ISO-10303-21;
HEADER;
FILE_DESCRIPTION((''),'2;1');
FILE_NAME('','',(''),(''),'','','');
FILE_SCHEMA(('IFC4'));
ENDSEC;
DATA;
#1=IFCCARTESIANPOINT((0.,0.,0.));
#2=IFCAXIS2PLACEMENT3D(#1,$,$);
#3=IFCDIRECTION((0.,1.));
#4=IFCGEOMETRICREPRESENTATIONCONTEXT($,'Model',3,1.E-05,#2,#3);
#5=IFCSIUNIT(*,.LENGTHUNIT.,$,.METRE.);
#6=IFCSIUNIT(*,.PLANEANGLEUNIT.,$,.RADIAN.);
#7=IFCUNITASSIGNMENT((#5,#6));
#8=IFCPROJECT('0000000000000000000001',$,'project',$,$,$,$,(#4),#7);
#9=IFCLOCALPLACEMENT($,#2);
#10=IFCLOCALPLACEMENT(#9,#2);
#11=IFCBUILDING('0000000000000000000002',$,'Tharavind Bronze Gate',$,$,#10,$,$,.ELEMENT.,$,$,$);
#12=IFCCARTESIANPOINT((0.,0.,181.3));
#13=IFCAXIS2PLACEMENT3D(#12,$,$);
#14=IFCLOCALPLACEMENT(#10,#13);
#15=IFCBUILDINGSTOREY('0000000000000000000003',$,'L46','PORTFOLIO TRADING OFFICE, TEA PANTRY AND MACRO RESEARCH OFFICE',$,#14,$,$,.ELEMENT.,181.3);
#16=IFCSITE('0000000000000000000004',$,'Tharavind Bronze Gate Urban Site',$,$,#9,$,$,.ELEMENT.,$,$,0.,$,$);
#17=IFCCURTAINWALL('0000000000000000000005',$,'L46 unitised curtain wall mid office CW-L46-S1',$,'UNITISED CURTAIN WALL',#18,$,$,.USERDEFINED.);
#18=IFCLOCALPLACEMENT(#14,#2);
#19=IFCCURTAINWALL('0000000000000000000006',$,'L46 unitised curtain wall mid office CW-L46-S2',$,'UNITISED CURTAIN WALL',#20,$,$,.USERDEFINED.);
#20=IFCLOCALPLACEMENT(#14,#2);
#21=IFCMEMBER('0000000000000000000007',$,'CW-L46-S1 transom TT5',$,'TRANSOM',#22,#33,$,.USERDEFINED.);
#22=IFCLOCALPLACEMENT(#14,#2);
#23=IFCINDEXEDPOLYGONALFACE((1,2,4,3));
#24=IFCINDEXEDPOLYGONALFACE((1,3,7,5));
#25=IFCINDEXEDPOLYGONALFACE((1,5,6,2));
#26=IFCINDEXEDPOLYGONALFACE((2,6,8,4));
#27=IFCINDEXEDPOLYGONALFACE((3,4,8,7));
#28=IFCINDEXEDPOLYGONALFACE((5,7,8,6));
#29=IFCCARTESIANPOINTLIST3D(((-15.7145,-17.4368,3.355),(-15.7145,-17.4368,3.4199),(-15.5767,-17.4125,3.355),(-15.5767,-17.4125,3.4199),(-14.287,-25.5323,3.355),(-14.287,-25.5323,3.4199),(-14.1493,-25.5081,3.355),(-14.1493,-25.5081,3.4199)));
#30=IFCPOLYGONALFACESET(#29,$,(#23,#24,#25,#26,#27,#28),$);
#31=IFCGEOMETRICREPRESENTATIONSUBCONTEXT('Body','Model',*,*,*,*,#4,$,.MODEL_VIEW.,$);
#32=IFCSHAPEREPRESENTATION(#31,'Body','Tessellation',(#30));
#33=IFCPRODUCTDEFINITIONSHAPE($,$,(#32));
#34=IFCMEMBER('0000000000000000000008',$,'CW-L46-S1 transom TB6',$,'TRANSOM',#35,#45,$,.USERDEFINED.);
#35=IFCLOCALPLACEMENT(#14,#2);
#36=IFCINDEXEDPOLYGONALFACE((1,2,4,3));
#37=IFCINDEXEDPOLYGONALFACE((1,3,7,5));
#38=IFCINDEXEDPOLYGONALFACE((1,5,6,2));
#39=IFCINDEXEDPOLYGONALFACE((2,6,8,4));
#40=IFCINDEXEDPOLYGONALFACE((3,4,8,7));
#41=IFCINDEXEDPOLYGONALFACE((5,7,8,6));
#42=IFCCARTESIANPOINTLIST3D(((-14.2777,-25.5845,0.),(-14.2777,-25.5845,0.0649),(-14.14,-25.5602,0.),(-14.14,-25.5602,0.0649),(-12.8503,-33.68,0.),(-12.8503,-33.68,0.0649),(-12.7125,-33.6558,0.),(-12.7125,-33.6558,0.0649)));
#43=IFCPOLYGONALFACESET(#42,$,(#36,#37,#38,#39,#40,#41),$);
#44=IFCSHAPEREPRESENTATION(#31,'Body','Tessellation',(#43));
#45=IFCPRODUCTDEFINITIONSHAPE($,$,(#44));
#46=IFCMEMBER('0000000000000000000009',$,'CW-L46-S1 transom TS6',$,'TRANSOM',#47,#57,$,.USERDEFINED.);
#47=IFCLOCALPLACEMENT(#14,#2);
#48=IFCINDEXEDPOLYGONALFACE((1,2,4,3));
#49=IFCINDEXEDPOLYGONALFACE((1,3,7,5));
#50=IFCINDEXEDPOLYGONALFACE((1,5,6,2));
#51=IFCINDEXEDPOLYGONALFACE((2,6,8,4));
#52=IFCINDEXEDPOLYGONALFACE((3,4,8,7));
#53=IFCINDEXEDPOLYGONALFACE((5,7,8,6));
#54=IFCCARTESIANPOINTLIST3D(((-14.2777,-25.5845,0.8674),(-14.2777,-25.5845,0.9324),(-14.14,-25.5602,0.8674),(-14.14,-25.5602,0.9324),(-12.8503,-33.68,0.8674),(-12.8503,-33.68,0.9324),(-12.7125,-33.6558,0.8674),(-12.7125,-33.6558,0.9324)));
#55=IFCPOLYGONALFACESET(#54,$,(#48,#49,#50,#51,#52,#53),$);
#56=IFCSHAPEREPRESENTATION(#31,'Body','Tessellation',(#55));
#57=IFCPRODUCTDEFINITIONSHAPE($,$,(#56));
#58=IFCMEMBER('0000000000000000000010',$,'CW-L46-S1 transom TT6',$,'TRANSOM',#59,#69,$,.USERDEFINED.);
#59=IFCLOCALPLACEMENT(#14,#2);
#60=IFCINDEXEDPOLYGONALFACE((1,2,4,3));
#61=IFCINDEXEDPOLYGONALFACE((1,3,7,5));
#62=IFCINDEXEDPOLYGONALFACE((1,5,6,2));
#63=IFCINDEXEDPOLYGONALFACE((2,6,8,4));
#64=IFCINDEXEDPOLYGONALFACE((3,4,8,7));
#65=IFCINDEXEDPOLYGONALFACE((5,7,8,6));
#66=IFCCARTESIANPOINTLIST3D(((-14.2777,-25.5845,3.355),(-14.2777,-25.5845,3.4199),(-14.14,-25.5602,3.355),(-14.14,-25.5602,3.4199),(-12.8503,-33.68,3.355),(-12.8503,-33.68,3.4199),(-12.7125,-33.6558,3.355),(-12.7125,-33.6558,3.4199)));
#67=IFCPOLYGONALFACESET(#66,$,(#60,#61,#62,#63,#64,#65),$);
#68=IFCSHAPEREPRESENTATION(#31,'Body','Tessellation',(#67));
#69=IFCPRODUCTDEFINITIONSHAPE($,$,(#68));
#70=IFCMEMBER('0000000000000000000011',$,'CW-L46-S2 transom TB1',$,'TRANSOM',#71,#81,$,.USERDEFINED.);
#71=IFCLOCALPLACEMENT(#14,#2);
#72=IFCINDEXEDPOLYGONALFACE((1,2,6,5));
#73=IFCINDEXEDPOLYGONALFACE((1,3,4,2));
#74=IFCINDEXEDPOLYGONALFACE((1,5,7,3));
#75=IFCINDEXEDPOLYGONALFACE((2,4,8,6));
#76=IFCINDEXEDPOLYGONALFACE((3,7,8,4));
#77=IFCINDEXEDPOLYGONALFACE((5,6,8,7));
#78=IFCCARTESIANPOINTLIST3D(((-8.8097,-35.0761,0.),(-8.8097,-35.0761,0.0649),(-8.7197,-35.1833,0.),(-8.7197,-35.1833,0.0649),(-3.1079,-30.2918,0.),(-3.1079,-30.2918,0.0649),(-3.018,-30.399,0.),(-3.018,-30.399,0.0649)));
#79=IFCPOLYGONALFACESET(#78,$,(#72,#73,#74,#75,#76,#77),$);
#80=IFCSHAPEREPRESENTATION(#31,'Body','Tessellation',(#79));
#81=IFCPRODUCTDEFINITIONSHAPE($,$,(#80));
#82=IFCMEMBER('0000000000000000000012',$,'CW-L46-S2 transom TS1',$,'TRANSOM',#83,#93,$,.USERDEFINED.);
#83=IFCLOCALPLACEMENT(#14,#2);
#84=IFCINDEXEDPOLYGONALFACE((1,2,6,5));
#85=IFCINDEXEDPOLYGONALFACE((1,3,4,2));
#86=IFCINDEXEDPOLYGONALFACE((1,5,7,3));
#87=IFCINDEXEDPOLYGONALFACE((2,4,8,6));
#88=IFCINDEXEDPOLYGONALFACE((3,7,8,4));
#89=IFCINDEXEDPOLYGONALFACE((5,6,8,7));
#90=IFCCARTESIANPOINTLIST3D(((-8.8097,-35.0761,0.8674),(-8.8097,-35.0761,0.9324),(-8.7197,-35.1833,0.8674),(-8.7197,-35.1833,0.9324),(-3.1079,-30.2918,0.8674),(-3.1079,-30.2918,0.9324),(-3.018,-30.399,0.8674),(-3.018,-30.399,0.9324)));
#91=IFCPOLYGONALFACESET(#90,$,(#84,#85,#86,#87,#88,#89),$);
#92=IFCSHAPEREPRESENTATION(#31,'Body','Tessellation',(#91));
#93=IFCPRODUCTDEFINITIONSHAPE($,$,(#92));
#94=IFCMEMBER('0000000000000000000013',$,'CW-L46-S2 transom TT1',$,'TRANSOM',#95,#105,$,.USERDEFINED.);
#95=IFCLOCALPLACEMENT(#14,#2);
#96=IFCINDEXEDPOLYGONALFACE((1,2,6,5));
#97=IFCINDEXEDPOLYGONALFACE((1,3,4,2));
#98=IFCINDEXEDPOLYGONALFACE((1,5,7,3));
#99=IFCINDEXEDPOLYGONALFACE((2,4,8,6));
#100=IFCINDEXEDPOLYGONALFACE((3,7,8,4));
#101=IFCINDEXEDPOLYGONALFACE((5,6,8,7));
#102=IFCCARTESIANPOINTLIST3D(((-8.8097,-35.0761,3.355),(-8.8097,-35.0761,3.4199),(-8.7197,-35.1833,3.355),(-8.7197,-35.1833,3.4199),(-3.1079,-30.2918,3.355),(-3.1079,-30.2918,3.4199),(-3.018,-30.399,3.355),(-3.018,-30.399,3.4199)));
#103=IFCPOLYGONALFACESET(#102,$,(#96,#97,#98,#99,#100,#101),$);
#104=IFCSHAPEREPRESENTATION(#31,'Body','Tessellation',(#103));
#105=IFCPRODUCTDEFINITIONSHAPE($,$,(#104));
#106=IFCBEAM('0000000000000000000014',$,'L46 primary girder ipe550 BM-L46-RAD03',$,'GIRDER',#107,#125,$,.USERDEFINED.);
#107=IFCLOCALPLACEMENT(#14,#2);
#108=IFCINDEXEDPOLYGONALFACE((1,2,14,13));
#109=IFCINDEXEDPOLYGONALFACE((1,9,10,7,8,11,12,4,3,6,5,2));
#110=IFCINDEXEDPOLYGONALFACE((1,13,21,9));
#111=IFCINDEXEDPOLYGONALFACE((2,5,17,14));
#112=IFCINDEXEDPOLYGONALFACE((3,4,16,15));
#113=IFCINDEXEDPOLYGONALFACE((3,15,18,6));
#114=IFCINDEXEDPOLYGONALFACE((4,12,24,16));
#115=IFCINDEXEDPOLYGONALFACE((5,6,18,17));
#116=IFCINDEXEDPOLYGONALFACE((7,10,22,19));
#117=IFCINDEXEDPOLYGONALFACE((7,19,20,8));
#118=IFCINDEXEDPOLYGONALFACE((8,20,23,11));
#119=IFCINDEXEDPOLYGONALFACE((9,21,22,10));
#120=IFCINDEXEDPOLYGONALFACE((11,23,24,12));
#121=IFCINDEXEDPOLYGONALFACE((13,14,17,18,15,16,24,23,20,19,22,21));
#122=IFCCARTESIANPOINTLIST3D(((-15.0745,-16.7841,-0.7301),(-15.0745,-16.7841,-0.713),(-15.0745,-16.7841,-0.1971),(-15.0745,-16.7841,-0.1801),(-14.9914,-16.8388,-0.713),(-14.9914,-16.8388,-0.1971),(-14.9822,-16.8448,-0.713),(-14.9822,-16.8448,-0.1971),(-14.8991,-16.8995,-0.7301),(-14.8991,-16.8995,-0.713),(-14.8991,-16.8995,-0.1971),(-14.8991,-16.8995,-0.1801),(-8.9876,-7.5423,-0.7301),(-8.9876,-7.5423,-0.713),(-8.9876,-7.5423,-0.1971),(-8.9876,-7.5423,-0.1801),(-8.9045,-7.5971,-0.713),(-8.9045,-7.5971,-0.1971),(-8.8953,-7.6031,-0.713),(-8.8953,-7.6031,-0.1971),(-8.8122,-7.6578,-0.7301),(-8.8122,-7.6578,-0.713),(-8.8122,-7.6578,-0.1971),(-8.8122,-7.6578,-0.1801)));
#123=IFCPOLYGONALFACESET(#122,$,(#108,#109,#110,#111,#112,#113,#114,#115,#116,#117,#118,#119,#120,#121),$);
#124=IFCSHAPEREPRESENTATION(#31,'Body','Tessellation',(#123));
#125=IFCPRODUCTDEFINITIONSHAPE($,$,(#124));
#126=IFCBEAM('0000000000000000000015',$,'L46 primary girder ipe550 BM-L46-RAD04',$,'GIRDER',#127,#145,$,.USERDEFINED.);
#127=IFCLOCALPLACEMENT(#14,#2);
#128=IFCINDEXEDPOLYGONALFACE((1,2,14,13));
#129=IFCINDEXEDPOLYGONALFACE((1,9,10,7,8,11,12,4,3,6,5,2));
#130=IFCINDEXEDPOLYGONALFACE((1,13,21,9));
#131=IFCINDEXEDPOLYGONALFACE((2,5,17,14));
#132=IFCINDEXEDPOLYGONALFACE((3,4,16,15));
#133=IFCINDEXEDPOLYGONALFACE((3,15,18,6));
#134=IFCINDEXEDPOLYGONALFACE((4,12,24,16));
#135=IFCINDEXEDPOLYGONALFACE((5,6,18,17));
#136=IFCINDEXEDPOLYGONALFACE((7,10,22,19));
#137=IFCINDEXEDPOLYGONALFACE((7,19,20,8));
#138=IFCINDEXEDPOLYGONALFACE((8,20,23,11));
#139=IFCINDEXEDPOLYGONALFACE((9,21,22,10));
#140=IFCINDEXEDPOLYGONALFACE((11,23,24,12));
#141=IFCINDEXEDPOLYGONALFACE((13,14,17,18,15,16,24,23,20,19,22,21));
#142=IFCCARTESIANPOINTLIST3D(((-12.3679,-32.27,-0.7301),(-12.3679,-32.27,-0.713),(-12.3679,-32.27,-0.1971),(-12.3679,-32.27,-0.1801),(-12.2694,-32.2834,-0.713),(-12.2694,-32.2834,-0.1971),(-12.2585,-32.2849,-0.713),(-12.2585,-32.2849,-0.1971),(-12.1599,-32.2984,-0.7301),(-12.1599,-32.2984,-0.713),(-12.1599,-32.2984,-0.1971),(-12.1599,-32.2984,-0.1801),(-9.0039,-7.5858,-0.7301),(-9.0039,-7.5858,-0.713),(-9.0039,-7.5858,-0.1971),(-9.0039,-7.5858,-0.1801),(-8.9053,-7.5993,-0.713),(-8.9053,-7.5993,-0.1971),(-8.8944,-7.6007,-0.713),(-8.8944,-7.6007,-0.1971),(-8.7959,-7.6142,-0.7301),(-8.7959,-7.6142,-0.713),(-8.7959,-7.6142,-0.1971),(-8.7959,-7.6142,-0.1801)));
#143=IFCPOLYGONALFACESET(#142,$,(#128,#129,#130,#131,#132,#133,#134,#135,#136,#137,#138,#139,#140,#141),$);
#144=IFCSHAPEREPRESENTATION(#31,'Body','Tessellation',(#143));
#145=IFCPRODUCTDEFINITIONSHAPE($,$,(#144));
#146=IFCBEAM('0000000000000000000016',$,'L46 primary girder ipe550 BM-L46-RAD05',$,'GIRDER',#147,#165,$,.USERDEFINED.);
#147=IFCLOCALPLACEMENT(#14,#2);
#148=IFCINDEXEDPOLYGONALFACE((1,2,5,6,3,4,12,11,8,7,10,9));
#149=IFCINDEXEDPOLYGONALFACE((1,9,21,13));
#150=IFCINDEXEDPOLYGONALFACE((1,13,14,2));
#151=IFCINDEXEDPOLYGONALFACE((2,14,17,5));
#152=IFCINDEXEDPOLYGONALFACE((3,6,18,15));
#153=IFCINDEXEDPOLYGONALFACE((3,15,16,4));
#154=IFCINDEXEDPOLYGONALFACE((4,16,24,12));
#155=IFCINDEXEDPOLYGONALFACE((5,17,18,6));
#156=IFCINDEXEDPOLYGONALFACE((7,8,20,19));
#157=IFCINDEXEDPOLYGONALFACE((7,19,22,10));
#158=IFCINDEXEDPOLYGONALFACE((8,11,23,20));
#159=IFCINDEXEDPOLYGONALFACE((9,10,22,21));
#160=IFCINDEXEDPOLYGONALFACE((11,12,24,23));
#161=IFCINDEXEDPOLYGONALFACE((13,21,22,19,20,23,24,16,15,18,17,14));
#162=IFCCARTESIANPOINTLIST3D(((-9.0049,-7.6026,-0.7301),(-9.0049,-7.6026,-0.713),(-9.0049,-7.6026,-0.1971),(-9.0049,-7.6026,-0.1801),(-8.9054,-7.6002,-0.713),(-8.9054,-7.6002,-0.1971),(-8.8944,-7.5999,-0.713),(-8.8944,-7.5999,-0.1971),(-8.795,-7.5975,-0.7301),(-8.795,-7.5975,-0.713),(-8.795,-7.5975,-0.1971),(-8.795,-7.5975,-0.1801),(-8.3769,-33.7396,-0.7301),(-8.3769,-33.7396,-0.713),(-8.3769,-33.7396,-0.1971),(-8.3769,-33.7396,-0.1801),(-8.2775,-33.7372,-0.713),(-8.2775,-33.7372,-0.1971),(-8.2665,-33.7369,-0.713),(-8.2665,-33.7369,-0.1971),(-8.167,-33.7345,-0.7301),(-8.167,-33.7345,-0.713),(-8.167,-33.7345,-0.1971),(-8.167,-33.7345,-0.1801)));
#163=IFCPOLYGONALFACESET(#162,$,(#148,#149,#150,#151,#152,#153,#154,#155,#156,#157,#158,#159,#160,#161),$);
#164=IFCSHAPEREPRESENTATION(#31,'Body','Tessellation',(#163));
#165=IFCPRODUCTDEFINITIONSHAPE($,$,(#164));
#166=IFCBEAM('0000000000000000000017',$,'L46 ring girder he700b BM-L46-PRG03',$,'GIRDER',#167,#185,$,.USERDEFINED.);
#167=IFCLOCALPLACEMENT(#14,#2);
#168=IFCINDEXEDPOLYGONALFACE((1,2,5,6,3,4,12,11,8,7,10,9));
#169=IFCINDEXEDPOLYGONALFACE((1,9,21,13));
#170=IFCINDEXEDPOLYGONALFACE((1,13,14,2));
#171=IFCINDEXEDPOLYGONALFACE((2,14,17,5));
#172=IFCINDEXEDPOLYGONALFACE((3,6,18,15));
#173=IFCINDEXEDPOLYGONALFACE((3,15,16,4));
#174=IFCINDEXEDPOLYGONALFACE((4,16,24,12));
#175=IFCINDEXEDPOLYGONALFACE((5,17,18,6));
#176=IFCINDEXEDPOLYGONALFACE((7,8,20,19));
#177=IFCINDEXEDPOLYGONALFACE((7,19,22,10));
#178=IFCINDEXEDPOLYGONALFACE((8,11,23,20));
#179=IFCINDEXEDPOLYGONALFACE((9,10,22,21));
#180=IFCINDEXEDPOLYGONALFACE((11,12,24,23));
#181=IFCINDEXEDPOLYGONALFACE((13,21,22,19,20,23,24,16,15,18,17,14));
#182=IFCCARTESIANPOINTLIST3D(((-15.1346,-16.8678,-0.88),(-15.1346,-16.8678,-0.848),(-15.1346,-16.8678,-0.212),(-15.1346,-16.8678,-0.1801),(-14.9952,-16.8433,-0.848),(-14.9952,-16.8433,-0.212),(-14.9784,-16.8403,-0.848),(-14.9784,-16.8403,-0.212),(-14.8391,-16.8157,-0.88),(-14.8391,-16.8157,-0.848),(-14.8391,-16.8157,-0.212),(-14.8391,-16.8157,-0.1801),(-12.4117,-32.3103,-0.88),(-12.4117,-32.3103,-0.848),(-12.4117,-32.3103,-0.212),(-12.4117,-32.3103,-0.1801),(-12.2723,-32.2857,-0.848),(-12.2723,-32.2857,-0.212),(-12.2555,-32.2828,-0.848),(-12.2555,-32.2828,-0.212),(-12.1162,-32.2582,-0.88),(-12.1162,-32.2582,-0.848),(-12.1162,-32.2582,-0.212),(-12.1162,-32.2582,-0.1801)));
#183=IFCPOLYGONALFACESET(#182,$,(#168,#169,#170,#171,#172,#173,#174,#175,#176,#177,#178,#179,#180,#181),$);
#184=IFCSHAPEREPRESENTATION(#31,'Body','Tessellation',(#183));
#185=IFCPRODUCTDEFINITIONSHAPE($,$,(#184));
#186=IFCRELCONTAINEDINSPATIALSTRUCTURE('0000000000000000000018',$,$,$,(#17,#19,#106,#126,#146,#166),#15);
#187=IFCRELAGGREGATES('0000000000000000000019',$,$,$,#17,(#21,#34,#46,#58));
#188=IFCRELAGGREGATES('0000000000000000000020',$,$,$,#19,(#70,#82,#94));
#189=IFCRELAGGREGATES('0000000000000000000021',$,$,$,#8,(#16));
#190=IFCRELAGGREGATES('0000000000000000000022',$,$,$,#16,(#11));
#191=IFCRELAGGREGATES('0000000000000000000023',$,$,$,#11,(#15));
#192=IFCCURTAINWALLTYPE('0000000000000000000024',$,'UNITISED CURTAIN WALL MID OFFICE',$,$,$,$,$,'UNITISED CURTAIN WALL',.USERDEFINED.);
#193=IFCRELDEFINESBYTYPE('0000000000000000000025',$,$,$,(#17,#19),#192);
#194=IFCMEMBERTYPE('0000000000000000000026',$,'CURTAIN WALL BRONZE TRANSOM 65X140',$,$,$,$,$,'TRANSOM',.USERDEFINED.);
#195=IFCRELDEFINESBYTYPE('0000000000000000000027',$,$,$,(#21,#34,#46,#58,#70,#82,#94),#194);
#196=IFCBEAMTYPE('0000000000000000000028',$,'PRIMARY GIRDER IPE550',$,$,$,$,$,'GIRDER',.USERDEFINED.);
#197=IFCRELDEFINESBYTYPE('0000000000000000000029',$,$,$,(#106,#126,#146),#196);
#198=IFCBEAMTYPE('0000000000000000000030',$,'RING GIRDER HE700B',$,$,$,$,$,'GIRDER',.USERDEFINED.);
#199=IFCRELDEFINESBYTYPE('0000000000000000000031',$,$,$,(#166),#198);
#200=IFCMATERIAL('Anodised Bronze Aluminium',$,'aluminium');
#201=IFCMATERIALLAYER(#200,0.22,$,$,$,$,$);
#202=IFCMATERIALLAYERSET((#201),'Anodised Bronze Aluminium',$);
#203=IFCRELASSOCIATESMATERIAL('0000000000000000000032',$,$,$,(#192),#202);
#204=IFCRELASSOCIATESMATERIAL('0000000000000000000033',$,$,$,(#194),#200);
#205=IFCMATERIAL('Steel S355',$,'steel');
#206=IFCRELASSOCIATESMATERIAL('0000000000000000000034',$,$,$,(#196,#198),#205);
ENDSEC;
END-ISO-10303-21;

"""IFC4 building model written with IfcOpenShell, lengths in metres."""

from ifc_helpers import new_model, si_unit, direction, frame, origin, origin_2d, place, context, subcontext, project, spatial, rectangle, i_section, extrude, material, layer, layer_set, material_profile, profile_set, type_object, element, aggregate, save


model = new_model("IFC4")

# Units and contexts
model_context = context("Model", 3, precision=1e-05, world=origin(), true_north=direction((0.0, 1.0)))
body_context = subcontext(model_context, "Body", "Model", "MODEL_VIEW")
ifc_project = project(units=[si_unit("LENGTHUNIT", "METRE"), si_unit("PLANEANGLEUNIT", "RADIAN")], contexts=[model_context])

# Site, building, storey
site_placement = place(None, origin())
site = spatial("IfcSite", under=ifc_project, at=site_placement, Name="Tharavind Bronze Gate Urban Site", CompositionType="ELEMENT", RefElevation=0.0)
building_placement = place(site_placement, origin())
building = spatial("IfcBuilding", under=site, at=building_placement, Name="Tharavind Bronze Gate", CompositionType="ELEMENT")
storey_placement = place(building_placement, frame((0.0, 0.0, 181.3)))
storey = spatial("IfcBuildingStorey", under=building, at=storey_placement, Name="L46", Description="PORTFOLIO TRADING OFFICE, TEA PANTRY AND MACRO RESEARCH OFFICE", CompositionType="ELEMENT", Elevation=181.3)

# Curtain walls
ifc_material_1 = material(Name="Anodised Bronze Aluminium", Category="aluminium")
ifc_layer_1 = layer(ifc_material_1, 0.22)
ifc_layer_set_1 = layer_set([ifc_layer_1], Name="Anodised Bronze Aluminium")
curtain_wall_type = type_object("IfcCurtainWallType", Name="UNITISED CURTAIN WALL MID OFFICE", ElementType="UNITISED CURTAIN WALL", PredefinedType="USERDEFINED", material=ifc_layer_set_1)
curtain_wall_1_placement = place(storey_placement, origin())
curtain_wall_1 = element("IfcCurtainWall", 1, at=curtain_wall_1_placement, inside=storey, type_object=curtain_wall_type, Name="L46 unitised curtain wall mid office CW-L46-S1", ObjectType="UNITISED CURTAIN WALL", PredefinedType="USERDEFINED")
curtain_wall_2_placement = place(storey_placement, origin())
curtain_wall_2 = element("IfcCurtainWall", 2, at=curtain_wall_2_placement, inside=storey, type_object=curtain_wall_type, Name="L46 unitised curtain wall mid office CW-L46-S2", ObjectType="UNITISED CURTAIN WALL", PredefinedType="USERDEFINED")

# Members
member_type_1 = type_object("IfcMemberType", Name="CURTAIN WALL BRONZE TRANSOM 65X140", ElementType="TRANSOM", PredefinedType="USERDEFINED", material=ifc_material_1)
member_1_placement = place(storey_placement, frame((-14.9319, -21.4724, 3.355), z_axis=(0.0, 0.0, 1.0), x_axis=(0.173648, -0.984808, 0.0)))
member_1 = element("IfcMember", 3, at=member_1_placement, type_object=member_type_1, Name="CW-L46-S1 transom TT5", ObjectType="TRANSOM", PredefinedType="USERDEFINED", context=body_context, shape_type="SweptSolid", body=[
    extrude(rectangle(XDim=8.2205, YDim=0.1399, at=origin_2d()), origin(), (0.0, 0.0, 1.0), 0.0649),
])
member_2_placement = place(storey_placement, frame((-13.4951, -29.6201, 0.0), z_axis=(0.0, 0.0, 1.0), x_axis=(0.173648, -0.984808, 0.0)))
member_2 = element("IfcMember", 4, at=member_2_placement, type_object=member_type_1, Name="CW-L46-S1 transom TB6", ObjectType="TRANSOM", PredefinedType="USERDEFINED", context=body_context, shape_type="SweptSolid", body=[
    extrude(rectangle(XDim=8.2205, YDim=0.1399, at=origin_2d()), origin(), (0.0, 0.0, 1.0), 0.0649),
])
member_3_placement = place(storey_placement, frame((-13.4951, -29.6201, 0.8674), z_axis=(0.0, 0.0, 1.0), x_axis=(0.173648, -0.984808, 0.0)))
member_3 = element("IfcMember", 5, at=member_3_placement, type_object=member_type_1, Name="CW-L46-S1 transom TS6", ObjectType="TRANSOM", PredefinedType="USERDEFINED", context=body_context, shape_type="SweptSolid", body=[
    extrude(rectangle(XDim=8.2205, YDim=0.1399, at=origin_2d()), origin(), (0.0, 0.0, 1.0), 0.0649),
])
member_4_placement = place(storey_placement, frame((-13.4951, -29.6201, 3.355), z_axis=(0.0, 0.0, 1.0), x_axis=(0.173648, -0.984808, 0.0)))
member_4 = element("IfcMember", 6, at=member_4_placement, type_object=member_type_1, Name="CW-L46-S1 transom TT6", ObjectType="TRANSOM", PredefinedType="USERDEFINED", context=body_context, shape_type="SweptSolid", body=[
    extrude(rectangle(XDim=8.2205, YDim=0.1399, at=origin_2d()), origin(), (0.0, 0.0, 1.0), 0.0649),
])
member_5_placement = place(storey_placement, frame((-5.9138, -32.7375, 0.0), z_axis=(0.0, 0.0, 1.0), x_axis=(0.766043, 0.642789, 0.0)))
member_5 = element("IfcMember", 7, at=member_5_placement, type_object=member_type_1, Name="CW-L46-S2 transom TB1", ObjectType="TRANSOM", PredefinedType="USERDEFINED", context=body_context, shape_type="SweptSolid", body=[
    extrude(rectangle(XDim=7.4431, YDim=0.1399, at=origin_2d()), origin(), (0.0, 0.0, 1.0), 0.0649),
])
member_6_placement = place(storey_placement, frame((-5.9138, -32.7375, 0.8674), z_axis=(0.0, 0.0, 1.0), x_axis=(0.766043, 0.642789, 0.0)))
member_6 = element("IfcMember", 8, at=member_6_placement, type_object=member_type_1, Name="CW-L46-S2 transom TS1", ObjectType="TRANSOM", PredefinedType="USERDEFINED", context=body_context, shape_type="SweptSolid", body=[
    extrude(rectangle(XDim=7.4431, YDim=0.1399, at=origin_2d()), origin(), (0.0, 0.0, 1.0), 0.0649),
])
member_7_placement = place(storey_placement, frame((-5.9138, -32.7375, 3.355), z_axis=(0.0, 0.0, 1.0), x_axis=(0.766043, 0.642789, 0.0)))
member_7 = element("IfcMember", 9, at=member_7_placement, type_object=member_type_1, Name="CW-L46-S2 transom TT1", ObjectType="TRANSOM", PredefinedType="USERDEFINED", context=body_context, shape_type="SweptSolid", body=[
    extrude(rectangle(XDim=7.4431, YDim=0.1399, at=origin_2d()), origin(), (0.0, 0.0, 1.0), 0.0649),
])

# Beams
ifc_material_2 = material(Name="Steel S355", Category="steel")
ifc_material_profile_1 = material_profile(ifc_material_2, i_section(OverallWidth=0.21, OverallDepth=0.55, WebThickness=0.011, FlangeThickness=0.0171, at=origin_2d()), Name="IPE550")
ifc_profile_set_1 = profile_set([ifc_material_profile_1], Name="Steel S355")
beam_type_1 = type_object("IfcBeamType", Name="PRIMARY GIRDER IPE550", ElementType="GIRDER", PredefinedType="USERDEFINED", material=ifc_profile_set_1)
beam_1_placement = place(storey_placement, frame((-14.9868, -16.8418, -0.4551), z_axis=(0.550048, 0.835133, 0.0), x_axis=(-0.835133, 0.550048, 0.0)))
element("IfcBeam", 10, at=beam_1_placement, inside=storey, type_object=beam_type_1, Name="L46 primary girder ipe550 BM-L46-RAD03", ObjectType="GIRDER", PredefinedType="USERDEFINED", context=body_context, shape_type="SweptSolid", body=[
    extrude(i_section(OverallWidth=0.21, OverallDepth=0.55, WebThickness=0.011, FlangeThickness=0.0171, at=origin_2d()), origin(), (0.0, 0.0, 1.0), 11.0662),
])
beam_2_placement = place(storey_placement, frame((-12.2639, -32.2842, -0.4551), z_axis=(0.135034, 0.990841, 0.0), x_axis=(-0.990841, 0.135034, 0.0)))
element("IfcBeam", 11, at=beam_2_placement, inside=storey, type_object=beam_type_1, Name="L46 primary girder ipe550 BM-L46-RAD04", ObjectType="GIRDER", PredefinedType="USERDEFINED", context=body_context, shape_type="SweptSolid", body=[
    extrude(i_section(OverallWidth=0.21, OverallDepth=0.55, WebThickness=0.011, FlangeThickness=0.0171, at=origin_2d()), origin(), (0.0, 0.0, 1.0), 24.9124),
])
beam_3_placement = place(storey_placement, frame((-8.272, -33.7371, -0.4551), z_axis=(-0.024018, 0.999712, 0.0), x_axis=(-0.999712, -0.024018, 0.0)))
element("IfcBeam", 12, at=beam_3_placement, inside=storey, type_object=beam_type_1, Name="L46 primary girder ipe550 BM-L46-RAD05", ObjectType="GIRDER", PredefinedType="USERDEFINED", context=body_context, shape_type="SweptSolid", body=[
    extrude(i_section(OverallWidth=0.21, OverallDepth=0.55, WebThickness=0.011, FlangeThickness=0.0171, at=origin_2d()), origin(), (0.0, 0.0, 1.0), 26.1445),
])
ifc_material_profile_2 = material_profile(ifc_material_2, i_section(OverallWidth=0.3, OverallDepth=0.7, WebThickness=0.0171, FlangeThickness=0.032, at=origin_2d()), Name="HE700B")
ifc_profile_set_2 = profile_set([ifc_material_profile_2], Name="Steel S355")
beam_type_2 = type_object("IfcBeamType", Name="RING GIRDER HE700B", ElementType="GIRDER", PredefinedType="USERDEFINED", material=ifc_profile_set_2)
beam_4_placement = place(storey_placement, frame((-14.9868, -16.8418, -0.53), z_axis=(0.173648, -0.984808, 0.0), x_axis=(0.984808, 0.173648, 0.0)))
element("IfcBeam", 13, at=beam_4_placement, inside=storey, type_object=beam_type_2, Name="L46 ring girder he700b BM-L46-PRG03", ObjectType="GIRDER", PredefinedType="USERDEFINED", context=body_context, shape_type="SweptSolid", body=[
    extrude(i_section(OverallWidth=0.3, OverallDepth=0.7, WebThickness=0.0171, FlangeThickness=0.032, at=origin_2d()), origin(), (0.0, 0.0, 1.0), 15.6807),
])

aggregate(curtain_wall_1, [member_1, member_2, member_3, member_4])
aggregate(curtain_wall_2, [member_5, member_6, member_7])

save(model, "model.ifc")
